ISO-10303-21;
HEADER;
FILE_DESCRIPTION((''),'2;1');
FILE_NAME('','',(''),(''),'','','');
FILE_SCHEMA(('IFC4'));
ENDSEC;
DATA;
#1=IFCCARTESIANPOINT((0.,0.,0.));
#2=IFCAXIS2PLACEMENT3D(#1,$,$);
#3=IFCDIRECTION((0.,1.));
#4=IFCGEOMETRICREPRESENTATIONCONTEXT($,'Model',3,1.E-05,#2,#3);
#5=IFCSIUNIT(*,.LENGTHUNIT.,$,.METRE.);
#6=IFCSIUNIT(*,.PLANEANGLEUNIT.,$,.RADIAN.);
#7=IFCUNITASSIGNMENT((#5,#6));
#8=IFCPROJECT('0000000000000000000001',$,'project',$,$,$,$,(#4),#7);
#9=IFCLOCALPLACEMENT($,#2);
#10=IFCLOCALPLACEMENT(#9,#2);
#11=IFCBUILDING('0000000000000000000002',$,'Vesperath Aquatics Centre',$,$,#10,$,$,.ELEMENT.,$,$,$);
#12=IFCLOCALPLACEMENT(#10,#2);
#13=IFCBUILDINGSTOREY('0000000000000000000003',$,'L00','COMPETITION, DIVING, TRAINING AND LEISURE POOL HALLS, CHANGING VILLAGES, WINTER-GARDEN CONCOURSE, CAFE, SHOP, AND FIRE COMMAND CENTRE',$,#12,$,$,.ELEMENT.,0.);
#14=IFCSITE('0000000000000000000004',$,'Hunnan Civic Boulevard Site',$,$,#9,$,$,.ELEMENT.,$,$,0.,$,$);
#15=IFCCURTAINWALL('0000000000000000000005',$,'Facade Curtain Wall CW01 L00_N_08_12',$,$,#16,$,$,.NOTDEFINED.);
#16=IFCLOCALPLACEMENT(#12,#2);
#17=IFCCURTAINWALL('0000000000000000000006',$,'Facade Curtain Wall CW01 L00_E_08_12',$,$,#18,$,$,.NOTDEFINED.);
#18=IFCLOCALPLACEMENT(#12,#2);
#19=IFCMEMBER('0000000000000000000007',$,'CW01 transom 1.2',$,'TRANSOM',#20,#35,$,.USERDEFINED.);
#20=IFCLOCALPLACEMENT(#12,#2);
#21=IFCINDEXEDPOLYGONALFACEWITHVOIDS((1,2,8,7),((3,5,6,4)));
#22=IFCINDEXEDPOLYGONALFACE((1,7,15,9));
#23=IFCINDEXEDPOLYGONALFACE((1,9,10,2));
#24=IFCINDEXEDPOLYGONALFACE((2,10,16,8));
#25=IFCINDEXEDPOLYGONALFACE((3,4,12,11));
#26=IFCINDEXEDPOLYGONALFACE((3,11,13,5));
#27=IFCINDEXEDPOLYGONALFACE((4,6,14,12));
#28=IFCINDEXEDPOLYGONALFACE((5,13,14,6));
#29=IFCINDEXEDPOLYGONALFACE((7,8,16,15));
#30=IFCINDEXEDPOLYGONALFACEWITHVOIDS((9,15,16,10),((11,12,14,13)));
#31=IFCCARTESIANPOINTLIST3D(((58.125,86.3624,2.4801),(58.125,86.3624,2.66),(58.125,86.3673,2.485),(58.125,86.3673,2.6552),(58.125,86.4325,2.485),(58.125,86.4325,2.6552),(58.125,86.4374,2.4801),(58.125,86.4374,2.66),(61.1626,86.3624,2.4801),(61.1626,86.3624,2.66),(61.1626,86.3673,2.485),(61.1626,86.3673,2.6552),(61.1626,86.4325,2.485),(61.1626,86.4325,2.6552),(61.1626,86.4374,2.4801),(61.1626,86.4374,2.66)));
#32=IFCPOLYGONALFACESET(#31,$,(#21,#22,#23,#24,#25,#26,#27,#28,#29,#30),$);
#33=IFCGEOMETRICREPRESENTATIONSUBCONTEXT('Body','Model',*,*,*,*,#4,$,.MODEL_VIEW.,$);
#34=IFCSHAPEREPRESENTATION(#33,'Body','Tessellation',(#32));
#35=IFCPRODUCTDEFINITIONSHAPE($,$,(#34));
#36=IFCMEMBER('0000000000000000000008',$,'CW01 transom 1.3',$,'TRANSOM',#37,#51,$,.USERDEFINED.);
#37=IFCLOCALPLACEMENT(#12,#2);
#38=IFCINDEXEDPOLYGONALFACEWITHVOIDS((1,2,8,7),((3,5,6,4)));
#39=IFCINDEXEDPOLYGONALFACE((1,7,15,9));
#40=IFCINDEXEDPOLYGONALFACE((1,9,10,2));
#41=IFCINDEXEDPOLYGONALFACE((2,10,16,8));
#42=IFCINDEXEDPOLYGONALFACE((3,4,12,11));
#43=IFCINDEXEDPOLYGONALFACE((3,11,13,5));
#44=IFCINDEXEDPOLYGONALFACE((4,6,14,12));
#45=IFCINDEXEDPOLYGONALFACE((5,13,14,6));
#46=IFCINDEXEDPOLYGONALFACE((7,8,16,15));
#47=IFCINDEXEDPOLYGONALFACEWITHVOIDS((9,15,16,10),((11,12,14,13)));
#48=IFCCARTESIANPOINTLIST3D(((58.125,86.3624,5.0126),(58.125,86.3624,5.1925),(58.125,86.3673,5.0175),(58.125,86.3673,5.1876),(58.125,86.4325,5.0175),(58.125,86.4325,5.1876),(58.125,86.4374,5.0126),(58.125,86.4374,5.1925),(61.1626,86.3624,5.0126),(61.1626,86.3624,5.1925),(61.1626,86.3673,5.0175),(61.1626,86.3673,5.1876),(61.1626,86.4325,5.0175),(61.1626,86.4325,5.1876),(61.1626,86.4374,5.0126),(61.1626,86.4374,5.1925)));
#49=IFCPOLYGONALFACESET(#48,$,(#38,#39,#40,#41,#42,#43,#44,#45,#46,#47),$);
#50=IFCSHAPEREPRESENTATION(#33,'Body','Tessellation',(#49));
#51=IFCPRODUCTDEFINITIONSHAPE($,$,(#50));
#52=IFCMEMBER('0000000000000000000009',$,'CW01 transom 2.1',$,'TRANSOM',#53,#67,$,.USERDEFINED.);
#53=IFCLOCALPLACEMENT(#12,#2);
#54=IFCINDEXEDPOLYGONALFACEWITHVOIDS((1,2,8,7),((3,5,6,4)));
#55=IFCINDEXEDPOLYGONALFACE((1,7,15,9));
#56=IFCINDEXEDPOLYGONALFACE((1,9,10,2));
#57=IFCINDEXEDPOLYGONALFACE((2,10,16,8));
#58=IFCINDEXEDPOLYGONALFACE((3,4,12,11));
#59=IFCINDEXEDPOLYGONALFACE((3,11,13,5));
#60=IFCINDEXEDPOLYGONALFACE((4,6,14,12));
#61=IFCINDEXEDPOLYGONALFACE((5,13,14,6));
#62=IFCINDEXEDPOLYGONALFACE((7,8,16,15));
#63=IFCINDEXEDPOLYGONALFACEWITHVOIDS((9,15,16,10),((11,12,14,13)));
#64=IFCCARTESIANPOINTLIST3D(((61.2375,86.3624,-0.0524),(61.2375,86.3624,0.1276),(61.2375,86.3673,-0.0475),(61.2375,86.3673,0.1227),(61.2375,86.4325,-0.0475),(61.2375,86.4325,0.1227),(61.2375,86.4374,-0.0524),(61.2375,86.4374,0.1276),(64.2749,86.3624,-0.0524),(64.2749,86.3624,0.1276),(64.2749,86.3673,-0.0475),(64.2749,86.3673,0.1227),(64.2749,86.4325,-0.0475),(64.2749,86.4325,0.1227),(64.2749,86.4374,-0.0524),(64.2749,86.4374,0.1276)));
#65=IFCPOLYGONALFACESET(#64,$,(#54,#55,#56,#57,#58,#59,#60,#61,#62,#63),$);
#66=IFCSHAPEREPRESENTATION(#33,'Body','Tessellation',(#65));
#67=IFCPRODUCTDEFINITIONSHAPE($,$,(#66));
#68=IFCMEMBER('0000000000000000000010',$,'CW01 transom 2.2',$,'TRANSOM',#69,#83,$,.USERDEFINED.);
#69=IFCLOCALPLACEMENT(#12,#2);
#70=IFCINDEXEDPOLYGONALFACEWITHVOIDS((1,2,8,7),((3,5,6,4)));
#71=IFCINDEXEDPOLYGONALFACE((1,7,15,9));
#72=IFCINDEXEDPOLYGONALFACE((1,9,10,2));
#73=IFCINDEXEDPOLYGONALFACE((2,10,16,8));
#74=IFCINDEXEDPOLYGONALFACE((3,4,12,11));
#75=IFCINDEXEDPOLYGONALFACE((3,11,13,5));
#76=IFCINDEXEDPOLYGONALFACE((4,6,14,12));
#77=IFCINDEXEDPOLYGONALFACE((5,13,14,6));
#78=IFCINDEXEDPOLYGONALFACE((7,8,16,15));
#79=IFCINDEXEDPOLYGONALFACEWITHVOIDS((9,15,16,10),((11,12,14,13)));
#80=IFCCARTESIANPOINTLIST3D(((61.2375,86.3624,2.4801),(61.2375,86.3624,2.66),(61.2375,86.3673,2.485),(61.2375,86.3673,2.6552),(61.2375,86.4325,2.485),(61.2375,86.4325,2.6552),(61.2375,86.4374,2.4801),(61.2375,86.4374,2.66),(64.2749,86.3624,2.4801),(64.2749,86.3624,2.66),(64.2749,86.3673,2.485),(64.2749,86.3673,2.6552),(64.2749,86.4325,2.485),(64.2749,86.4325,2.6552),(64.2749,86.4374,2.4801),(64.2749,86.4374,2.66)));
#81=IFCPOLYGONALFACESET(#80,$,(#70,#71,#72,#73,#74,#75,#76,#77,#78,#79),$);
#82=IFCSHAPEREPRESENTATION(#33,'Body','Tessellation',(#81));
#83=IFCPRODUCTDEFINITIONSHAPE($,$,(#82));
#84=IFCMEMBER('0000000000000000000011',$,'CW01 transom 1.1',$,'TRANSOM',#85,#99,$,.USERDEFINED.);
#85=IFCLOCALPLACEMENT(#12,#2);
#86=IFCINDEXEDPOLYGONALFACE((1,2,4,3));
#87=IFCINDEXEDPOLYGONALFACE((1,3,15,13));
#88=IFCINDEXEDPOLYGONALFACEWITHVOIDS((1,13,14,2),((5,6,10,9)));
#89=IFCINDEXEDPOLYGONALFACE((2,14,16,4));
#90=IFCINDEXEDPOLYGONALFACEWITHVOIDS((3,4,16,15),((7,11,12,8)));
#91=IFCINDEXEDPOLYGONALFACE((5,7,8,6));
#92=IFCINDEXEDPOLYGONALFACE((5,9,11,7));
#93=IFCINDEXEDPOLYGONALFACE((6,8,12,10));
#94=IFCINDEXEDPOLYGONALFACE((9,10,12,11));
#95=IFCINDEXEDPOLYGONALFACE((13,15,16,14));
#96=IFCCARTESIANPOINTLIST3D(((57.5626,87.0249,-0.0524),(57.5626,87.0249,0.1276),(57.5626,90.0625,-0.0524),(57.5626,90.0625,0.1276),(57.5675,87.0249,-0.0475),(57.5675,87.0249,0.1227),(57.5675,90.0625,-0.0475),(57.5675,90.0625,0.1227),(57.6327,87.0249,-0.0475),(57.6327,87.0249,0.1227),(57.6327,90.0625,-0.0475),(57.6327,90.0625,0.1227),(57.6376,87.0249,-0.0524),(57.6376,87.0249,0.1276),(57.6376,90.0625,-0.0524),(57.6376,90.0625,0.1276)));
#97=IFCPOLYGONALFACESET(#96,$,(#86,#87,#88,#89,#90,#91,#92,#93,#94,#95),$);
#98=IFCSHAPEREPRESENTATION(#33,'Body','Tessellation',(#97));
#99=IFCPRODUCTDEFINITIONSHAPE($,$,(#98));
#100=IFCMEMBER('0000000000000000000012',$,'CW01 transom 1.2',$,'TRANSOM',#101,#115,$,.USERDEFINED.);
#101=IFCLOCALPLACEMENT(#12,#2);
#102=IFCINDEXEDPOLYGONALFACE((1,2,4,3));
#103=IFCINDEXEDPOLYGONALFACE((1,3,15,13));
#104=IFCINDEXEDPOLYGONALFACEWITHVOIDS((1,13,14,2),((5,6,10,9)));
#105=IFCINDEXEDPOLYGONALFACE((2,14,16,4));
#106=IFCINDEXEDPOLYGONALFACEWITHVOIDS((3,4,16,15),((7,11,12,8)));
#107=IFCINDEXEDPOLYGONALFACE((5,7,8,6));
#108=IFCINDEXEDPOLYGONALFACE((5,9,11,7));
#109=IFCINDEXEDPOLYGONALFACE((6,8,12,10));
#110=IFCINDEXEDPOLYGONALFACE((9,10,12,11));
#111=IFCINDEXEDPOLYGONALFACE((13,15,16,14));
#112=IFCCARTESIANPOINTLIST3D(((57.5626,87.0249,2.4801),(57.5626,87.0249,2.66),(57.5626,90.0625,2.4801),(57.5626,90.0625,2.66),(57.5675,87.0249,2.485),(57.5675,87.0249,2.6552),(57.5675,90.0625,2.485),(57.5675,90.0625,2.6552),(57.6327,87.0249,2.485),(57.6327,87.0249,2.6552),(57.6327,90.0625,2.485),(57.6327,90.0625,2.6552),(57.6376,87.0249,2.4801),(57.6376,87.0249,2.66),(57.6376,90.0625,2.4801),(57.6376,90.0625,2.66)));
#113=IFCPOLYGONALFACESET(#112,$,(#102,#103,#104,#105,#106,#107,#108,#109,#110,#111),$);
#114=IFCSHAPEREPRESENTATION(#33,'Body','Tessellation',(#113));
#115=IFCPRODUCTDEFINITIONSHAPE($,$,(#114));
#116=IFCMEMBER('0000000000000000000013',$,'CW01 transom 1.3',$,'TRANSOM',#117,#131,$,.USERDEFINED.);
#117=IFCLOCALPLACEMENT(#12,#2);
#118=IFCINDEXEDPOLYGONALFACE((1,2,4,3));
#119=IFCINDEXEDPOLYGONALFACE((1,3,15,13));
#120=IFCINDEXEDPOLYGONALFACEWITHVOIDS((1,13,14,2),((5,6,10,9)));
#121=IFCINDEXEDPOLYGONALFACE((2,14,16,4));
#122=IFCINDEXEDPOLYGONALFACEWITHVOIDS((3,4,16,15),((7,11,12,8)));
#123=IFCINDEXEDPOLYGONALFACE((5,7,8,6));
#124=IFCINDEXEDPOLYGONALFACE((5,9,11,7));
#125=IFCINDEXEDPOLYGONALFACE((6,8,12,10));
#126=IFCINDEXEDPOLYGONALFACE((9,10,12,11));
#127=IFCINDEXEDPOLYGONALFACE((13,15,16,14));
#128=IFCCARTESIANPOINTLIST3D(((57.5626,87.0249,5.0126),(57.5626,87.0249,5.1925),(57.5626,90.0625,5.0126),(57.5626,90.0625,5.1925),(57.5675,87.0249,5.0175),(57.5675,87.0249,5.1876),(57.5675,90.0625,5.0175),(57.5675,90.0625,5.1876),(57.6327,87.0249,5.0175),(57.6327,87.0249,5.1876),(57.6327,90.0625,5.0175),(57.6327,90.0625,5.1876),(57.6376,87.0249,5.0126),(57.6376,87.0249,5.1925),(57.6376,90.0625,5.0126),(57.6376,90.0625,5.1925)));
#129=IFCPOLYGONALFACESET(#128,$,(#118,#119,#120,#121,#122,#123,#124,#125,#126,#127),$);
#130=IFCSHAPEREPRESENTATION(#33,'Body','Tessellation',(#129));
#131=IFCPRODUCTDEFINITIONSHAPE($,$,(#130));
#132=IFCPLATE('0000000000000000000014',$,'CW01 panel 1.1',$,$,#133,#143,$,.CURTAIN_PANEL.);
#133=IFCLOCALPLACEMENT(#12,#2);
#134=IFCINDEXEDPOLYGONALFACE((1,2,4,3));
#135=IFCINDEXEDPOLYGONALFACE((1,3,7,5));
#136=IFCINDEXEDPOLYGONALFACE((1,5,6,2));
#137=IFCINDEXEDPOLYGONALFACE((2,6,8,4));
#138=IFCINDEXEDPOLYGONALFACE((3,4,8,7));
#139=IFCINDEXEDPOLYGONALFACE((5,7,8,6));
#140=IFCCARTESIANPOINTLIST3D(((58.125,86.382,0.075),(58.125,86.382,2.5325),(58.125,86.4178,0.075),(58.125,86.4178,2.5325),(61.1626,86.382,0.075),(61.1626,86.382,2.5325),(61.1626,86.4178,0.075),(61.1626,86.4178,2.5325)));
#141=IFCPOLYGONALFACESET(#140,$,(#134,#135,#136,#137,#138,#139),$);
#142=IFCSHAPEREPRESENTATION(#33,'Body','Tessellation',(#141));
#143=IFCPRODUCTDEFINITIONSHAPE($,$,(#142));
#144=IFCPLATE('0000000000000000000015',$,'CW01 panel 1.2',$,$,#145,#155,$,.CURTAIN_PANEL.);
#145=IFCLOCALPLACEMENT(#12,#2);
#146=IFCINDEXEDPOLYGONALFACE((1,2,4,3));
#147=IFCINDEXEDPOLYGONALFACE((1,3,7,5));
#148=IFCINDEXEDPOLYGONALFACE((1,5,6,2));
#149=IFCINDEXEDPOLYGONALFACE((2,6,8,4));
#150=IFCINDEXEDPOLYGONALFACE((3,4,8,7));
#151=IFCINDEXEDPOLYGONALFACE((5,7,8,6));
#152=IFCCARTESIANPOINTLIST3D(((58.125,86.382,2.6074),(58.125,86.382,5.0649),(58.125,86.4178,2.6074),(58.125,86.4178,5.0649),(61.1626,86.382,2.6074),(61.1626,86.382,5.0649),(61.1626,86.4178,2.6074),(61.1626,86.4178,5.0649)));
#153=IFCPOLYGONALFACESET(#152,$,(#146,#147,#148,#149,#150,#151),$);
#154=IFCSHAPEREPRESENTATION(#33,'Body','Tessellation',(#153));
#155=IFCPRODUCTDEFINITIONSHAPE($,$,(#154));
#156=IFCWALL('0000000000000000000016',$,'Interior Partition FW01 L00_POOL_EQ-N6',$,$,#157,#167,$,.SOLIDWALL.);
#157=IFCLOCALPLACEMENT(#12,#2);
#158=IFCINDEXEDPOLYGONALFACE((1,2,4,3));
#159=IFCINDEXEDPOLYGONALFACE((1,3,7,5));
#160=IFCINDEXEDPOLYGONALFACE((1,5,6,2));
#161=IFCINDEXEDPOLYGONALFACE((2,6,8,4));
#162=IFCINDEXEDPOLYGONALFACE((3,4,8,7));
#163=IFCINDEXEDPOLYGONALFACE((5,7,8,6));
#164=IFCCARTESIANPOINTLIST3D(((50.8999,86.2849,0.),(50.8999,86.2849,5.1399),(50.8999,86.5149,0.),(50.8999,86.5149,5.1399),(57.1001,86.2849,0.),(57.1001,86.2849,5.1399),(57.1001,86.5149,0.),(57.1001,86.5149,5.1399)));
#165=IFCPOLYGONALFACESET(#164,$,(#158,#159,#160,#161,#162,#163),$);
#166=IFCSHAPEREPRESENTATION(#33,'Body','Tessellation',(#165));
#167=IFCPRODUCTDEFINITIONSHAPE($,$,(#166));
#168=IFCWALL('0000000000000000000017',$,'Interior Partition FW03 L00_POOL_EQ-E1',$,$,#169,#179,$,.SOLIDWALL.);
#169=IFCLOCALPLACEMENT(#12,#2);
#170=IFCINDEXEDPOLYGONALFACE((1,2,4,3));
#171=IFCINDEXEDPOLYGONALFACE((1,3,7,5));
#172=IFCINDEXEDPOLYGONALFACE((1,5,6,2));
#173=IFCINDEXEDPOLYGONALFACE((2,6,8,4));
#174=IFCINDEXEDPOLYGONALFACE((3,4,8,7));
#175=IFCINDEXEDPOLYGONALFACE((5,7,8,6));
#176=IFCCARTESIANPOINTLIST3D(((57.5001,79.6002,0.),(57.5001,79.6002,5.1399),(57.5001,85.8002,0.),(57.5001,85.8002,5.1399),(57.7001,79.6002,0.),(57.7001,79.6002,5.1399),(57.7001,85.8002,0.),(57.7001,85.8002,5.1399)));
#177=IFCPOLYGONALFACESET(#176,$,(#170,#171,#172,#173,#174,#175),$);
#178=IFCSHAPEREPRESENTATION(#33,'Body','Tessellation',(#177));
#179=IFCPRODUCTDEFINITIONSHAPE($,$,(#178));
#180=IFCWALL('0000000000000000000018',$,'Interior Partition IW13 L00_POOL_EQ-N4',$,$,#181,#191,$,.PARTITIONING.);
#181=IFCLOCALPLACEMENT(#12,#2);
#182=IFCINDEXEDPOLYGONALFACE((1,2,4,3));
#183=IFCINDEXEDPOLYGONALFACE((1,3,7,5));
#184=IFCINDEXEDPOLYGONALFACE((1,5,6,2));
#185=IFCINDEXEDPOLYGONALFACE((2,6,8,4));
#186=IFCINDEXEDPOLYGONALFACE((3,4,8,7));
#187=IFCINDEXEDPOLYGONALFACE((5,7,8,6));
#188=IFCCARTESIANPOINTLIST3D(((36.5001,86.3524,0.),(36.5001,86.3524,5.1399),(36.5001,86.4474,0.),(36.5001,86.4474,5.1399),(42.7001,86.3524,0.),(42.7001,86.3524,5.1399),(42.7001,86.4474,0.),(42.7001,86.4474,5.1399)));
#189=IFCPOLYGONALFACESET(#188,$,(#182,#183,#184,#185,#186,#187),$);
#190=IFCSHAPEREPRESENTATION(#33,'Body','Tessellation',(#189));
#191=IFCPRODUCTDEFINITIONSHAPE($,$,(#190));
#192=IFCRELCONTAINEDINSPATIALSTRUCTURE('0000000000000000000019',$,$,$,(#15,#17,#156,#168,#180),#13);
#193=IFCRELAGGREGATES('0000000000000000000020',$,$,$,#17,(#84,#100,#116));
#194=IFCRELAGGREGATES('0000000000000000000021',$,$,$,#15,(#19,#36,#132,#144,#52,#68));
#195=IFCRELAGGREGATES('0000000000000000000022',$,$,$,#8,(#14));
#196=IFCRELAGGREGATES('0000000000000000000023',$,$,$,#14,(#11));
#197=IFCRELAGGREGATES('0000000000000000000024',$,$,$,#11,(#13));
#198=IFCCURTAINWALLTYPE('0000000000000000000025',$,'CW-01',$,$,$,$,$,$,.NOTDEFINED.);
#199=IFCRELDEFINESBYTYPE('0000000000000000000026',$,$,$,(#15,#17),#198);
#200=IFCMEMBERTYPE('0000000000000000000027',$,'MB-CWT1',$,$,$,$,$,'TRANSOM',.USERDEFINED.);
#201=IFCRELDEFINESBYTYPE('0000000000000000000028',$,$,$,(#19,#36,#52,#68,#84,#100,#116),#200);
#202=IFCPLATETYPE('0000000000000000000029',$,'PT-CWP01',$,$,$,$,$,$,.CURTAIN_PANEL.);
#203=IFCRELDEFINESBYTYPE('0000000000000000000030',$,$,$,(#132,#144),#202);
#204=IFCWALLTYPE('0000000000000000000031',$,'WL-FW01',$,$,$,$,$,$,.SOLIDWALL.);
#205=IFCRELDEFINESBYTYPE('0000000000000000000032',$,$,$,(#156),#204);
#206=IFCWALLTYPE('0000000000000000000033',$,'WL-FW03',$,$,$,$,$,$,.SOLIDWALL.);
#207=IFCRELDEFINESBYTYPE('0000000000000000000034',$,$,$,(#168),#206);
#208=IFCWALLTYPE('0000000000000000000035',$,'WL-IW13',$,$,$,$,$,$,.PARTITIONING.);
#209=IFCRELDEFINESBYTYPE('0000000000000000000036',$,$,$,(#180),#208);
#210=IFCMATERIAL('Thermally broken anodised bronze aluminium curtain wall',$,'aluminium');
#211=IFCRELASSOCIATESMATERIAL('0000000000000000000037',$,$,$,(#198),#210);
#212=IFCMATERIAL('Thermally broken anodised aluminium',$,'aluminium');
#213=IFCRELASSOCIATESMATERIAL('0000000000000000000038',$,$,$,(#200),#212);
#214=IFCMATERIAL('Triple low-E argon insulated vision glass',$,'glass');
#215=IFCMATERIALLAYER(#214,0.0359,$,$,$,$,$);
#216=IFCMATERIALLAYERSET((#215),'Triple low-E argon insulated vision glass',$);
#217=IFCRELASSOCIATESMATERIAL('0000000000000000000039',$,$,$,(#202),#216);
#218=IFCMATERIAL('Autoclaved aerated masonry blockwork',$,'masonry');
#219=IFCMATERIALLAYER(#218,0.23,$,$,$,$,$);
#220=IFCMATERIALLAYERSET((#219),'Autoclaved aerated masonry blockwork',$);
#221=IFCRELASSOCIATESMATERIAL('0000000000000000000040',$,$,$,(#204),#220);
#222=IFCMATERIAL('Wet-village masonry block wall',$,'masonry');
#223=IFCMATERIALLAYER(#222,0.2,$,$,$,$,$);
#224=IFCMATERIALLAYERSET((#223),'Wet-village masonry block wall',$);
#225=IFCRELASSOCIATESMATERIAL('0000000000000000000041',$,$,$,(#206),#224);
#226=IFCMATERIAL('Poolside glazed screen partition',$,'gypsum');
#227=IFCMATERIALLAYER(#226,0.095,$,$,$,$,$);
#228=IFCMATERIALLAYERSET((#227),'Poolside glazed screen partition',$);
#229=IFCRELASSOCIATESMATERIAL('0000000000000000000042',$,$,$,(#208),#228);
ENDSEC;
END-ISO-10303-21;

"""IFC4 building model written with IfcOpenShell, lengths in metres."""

from ifc_helpers import new_model, si_unit, direction, frame, frame_2d, origin, origin_2d, place, context, subcontext, project, spatial, rectangle, hollow_rectangle, extrude, material, layer, layer_set, material_profile, profile_set, type_object, element, aggregate, save


model = new_model("IFC4")

# Units and contexts
model_context = context("Model", 3, precision=1e-05, world=origin(), true_north=direction((0.0, 1.0)))
body_context = subcontext(model_context, "Body", "Model", "MODEL_VIEW")
ifc_project = project(units=[si_unit("LENGTHUNIT", "METRE"), si_unit("PLANEANGLEUNIT", "RADIAN")], contexts=[model_context])

# Site, building, storey
site_placement = place(None, origin())
site = spatial("IfcSite", under=ifc_project, at=site_placement, Name="Hunnan Civic Boulevard Site", CompositionType="ELEMENT", RefElevation=0.0)
building_placement = place(site_placement, origin())
building = spatial("IfcBuilding", under=site, at=building_placement, Name="Vesperath Aquatics Centre", CompositionType="ELEMENT")
storey_placement = place(building_placement, origin())
storey = spatial("IfcBuildingStorey", under=building, at=storey_placement, Name="L00", Description="COMPETITION, DIVING, TRAINING AND LEISURE POOL HALLS, CHANGING VILLAGES, WINTER-GARDEN CONCOURSE, CAFE, SHOP, AND FIRE COMMAND CENTRE", CompositionType="ELEMENT", Elevation=0.0)

# Curtain wall
ifc_material_1 = material(Name="Thermally broken anodised bronze aluminium curtain wall", Category="aluminium")
curtain_wall_type = type_object("IfcCurtainWallType", Name="CW-01", PredefinedType="NOTDEFINED", material=ifc_material_1)
curtain_wall_1_placement = place(storey_placement, origin())
curtain_wall_1 = element("IfcCurtainWall", 1, at=curtain_wall_1_placement, inside=storey, type_object=curtain_wall_type, Name="Facade Curtain Wall CW01 L00_N_08_12", PredefinedType="NOTDEFINED")
ifc_material_2 = material(Name="Thermally broken anodised aluminium", Category="aluminium")

# Curtain wall
curtain_wall_2_placement = place(storey_placement, origin())
curtain_wall_2 = element("IfcCurtainWall", 2, at=curtain_wall_2_placement, inside=storey, type_object=curtain_wall_type, Name="Facade Curtain Wall CW01 L00_E_08_12", PredefinedType="NOTDEFINED")

# Members
ifc_material_profile_1 = material_profile(ifc_material_2, hollow_rectangle(XDim=0.075, YDim=0.1799, WallThickness=0.0049, at=origin_2d()), Name="CWT 75x180x5")
ifc_profile_set_1 = profile_set([ifc_material_profile_1], Name="Thermally broken anodised aluminium")
member_type_1 = type_object("IfcMemberType", Name="MB-CWT1", ElementType="TRANSOM", PredefinedType="USERDEFINED", material=ifc_profile_set_1)
member_1_placement = place(storey_placement, frame((58.125, 86.3999, 2.5701), z_axis=(1.0, 0.0, 0.0), x_axis=(0.0, 1.0, 0.0)))
member_1 = element("IfcMember", 3, at=member_1_placement, type_object=member_type_1, Name="CW01 transom 1.2", ObjectType="TRANSOM", PredefinedType="USERDEFINED", context=body_context, shape_type="SweptSolid", body=[
    extrude(hollow_rectangle(XDim=0.075, YDim=0.1799, WallThickness=0.0049, at=origin_2d()), origin(), (0.0, 0.0, 1.0), 3.0376),
])
member_2_placement = place(storey_placement, frame((58.125, 86.3999, 5.1025), z_axis=(1.0, 0.0, 0.0), x_axis=(0.0, 1.0, 0.0)))
member_2 = element("IfcMember", 4, at=member_2_placement, type_object=member_type_1, Name="CW01 transom 1.3", ObjectType="TRANSOM", PredefinedType="USERDEFINED", context=body_context, shape_type="SweptSolid", body=[
    extrude(hollow_rectangle(XDim=0.075, YDim=0.1799, WallThickness=0.0049, at=origin_2d()), origin(), (0.0, 0.0, 1.0), 3.0376),
])
member_3_placement = place(storey_placement, frame((61.2375, 86.3999, 0.0376), z_axis=(1.0, 0.0, 0.0), x_axis=(0.0, 1.0, 0.0)))
member_3 = element("IfcMember", 5, at=member_3_placement, type_object=member_type_1, Name="CW01 transom 2.1", ObjectType="TRANSOM", PredefinedType="USERDEFINED", context=body_context, shape_type="SweptSolid", body=[
    extrude(hollow_rectangle(XDim=0.075, YDim=0.1799, WallThickness=0.0049, at=origin_2d()), origin(), (0.0, 0.0, 1.0), 3.0374),
])
member_4_placement = place(storey_placement, frame((61.2375, 86.3999, 2.5701), z_axis=(1.0, 0.0, 0.0), x_axis=(0.0, 1.0, 0.0)))
member_4 = element("IfcMember", 6, at=member_4_placement, type_object=member_type_1, Name="CW01 transom 2.2", ObjectType="TRANSOM", PredefinedType="USERDEFINED", context=body_context, shape_type="SweptSolid", body=[
    extrude(hollow_rectangle(XDim=0.075, YDim=0.1799, WallThickness=0.0049, at=origin_2d()), origin(), (0.0, 0.0, 1.0), 3.0374),
])
member_5_placement = place(storey_placement, frame((57.6001, 87.0249, 0.0376), z_axis=(0.0, 1.0, 0.0), x_axis=(-1.0, 0.0, 0.0)))
member_5 = element("IfcMember", 7, at=member_5_placement, type_object=member_type_1, Name="CW01 transom 1.1", ObjectType="TRANSOM", PredefinedType="USERDEFINED", context=body_context, shape_type="SweptSolid", body=[
    extrude(hollow_rectangle(XDim=0.075, YDim=0.1799, WallThickness=0.0049, at=origin_2d()), origin(), (0.0, 0.0, 1.0), 3.0376),
])
member_6_placement = place(storey_placement, frame((57.6001, 87.0249, 2.5701), z_axis=(0.0, 1.0, 0.0), x_axis=(-1.0, 0.0, 0.0)))
member_6 = element("IfcMember", 8, at=member_6_placement, type_object=member_type_1, Name="CW01 transom 1.2", ObjectType="TRANSOM", PredefinedType="USERDEFINED", context=body_context, shape_type="SweptSolid", body=[
    extrude(hollow_rectangle(XDim=0.075, YDim=0.1799, WallThickness=0.0049, at=origin_2d()), origin(), (0.0, 0.0, 1.0), 3.0376),
])
member_7_placement = place(storey_placement, frame((57.6001, 87.0249, 5.1025), z_axis=(0.0, 1.0, 0.0), x_axis=(-1.0, 0.0, 0.0)))
member_7 = element("IfcMember", 9, at=member_7_placement, type_object=member_type_1, Name="CW01 transom 1.3", ObjectType="TRANSOM", PredefinedType="USERDEFINED", context=body_context, shape_type="SweptSolid", body=[
    extrude(hollow_rectangle(XDim=0.075, YDim=0.1799, WallThickness=0.0049, at=origin_2d()), origin(), (0.0, 0.0, 1.0), 3.0376),
])
aggregate(curtain_wall_2, [member_5, member_6, member_7])

# Plates
ifc_material_3 = material(Name="Triple low-E argon insulated vision glass", Category="glass")
ifc_layer_1 = layer(ifc_material_3, 0.0359)
ifc_layer_set_1 = layer_set([ifc_layer_1], Name="Triple low-E argon insulated vision glass")
plate_type = type_object("IfcPlateType", Name="PT-CWP01", PredefinedType="CURTAIN_PANEL", material=ifc_layer_set_1)
plate_1_placement = place(storey_placement, frame((59.6438, 86.3999, 0.075), z_axis=(0.0, 0.0, 1.0), x_axis=(1.0, 0.0, 0.0)))
plate_1 = element("IfcPlate", 10, at=plate_1_placement, type_object=plate_type, Name="CW01 panel 1.1", PredefinedType="CURTAIN_PANEL", context=body_context, shape_type="SweptSolid", body=[
    extrude(rectangle(XDim=3.0376, YDim=0.0359, at=origin_2d()), origin(), (0.0, 0.0, 1.0), 2.4575),
])
plate_2_placement = place(storey_placement, frame((59.6438, 86.3999, 2.6074), z_axis=(0.0, 0.0, 1.0), x_axis=(1.0, 0.0, 0.0)))
plate_2 = element("IfcPlate", 11, at=plate_2_placement, type_object=plate_type, Name="CW01 panel 1.2", PredefinedType="CURTAIN_PANEL", context=body_context, shape_type="SweptSolid", body=[
    extrude(rectangle(XDim=3.0376, YDim=0.0359, at=origin_2d()), origin(), (0.0, 0.0, 1.0), 2.4575),
])
aggregate(curtain_wall_1, [member_1, member_2, plate_1, plate_2, member_3, member_4])

# Walls
ifc_material_4 = material(Name="Autoclaved aerated masonry blockwork", Category="masonry")
ifc_layer_2 = layer(ifc_material_4, 0.23)
ifc_layer_set_2 = layer_set([ifc_layer_2], Name="Autoclaved aerated masonry blockwork")
wall_type_1 = type_object("IfcWallType", Name="WL-FW01", PredefinedType="SOLIDWALL", material=ifc_layer_set_2)
wall_1_placement = place(storey_placement, frame((50.8999, 86.3999, 0.0), z_axis=(0.0, 0.0, 1.0), x_axis=(1.0, 0.0, 0.0)))
element("IfcWall", 12, at=wall_1_placement, inside=storey, type_object=wall_type_1, Name="Interior Partition FW01 L00_POOL_EQ-N6", PredefinedType="SOLIDWALL", context=body_context, shape_type="SweptSolid", body=[
    extrude(rectangle(XDim=6.2002, YDim=0.23, at=frame_2d((3.1001, 0.0))), origin(), (0.0, 0.0, 1.0), 5.1399),
])
ifc_material_5 = material(Name="Wet-village masonry block wall", Category="masonry")
ifc_layer_3 = layer(ifc_material_5, 0.2)
ifc_layer_set_3 = layer_set([ifc_layer_3], Name="Wet-village masonry block wall")
wall_type_2 = type_object("IfcWallType", Name="WL-FW03", PredefinedType="SOLIDWALL", material=ifc_layer_set_3)
wall_2_placement = place(storey_placement, frame((57.6001, 79.6001, 0.0), z_axis=(0.0, 0.0, 1.0), x_axis=(0.0, 1.0, 0.0)))
element("IfcWall", 13, at=wall_2_placement, inside=storey, type_object=wall_type_2, Name="Interior Partition FW03 L00_POOL_EQ-E1", PredefinedType="SOLIDWALL", context=body_context, shape_type="SweptSolid", body=[
    extrude(rectangle(XDim=6.2, YDim=0.2, at=frame_2d((3.1001, 0.0))), origin(), (0.0, 0.0, 1.0), 5.1399),
])
ifc_material_6 = material(Name="Poolside glazed screen partition", Category="gypsum")
ifc_layer_4 = layer(ifc_material_6, 0.095)
ifc_layer_set_4 = layer_set([ifc_layer_4], Name="Poolside glazed screen partition")
wall_type_3 = type_object("IfcWallType", Name="WL-IW13", PredefinedType="PARTITIONING", material=ifc_layer_set_4)
wall_3_placement = place(storey_placement, frame((36.5, 86.3999, 0.0), z_axis=(0.0, 0.0, 1.0), x_axis=(1.0, 0.0, 0.0)))
element("IfcWall", 14, at=wall_3_placement, inside=storey, type_object=wall_type_3, Name="Interior Partition IW13 L00_POOL_EQ-N4", PredefinedType="PARTITIONING", context=body_context, shape_type="SweptSolid", body=[
    extrude(rectangle(XDim=6.2, YDim=0.095, at=frame_2d((3.1001, 0.0))), origin(), (0.0, 0.0, 1.0), 5.1399),
])

save(model, "model.ifc")
